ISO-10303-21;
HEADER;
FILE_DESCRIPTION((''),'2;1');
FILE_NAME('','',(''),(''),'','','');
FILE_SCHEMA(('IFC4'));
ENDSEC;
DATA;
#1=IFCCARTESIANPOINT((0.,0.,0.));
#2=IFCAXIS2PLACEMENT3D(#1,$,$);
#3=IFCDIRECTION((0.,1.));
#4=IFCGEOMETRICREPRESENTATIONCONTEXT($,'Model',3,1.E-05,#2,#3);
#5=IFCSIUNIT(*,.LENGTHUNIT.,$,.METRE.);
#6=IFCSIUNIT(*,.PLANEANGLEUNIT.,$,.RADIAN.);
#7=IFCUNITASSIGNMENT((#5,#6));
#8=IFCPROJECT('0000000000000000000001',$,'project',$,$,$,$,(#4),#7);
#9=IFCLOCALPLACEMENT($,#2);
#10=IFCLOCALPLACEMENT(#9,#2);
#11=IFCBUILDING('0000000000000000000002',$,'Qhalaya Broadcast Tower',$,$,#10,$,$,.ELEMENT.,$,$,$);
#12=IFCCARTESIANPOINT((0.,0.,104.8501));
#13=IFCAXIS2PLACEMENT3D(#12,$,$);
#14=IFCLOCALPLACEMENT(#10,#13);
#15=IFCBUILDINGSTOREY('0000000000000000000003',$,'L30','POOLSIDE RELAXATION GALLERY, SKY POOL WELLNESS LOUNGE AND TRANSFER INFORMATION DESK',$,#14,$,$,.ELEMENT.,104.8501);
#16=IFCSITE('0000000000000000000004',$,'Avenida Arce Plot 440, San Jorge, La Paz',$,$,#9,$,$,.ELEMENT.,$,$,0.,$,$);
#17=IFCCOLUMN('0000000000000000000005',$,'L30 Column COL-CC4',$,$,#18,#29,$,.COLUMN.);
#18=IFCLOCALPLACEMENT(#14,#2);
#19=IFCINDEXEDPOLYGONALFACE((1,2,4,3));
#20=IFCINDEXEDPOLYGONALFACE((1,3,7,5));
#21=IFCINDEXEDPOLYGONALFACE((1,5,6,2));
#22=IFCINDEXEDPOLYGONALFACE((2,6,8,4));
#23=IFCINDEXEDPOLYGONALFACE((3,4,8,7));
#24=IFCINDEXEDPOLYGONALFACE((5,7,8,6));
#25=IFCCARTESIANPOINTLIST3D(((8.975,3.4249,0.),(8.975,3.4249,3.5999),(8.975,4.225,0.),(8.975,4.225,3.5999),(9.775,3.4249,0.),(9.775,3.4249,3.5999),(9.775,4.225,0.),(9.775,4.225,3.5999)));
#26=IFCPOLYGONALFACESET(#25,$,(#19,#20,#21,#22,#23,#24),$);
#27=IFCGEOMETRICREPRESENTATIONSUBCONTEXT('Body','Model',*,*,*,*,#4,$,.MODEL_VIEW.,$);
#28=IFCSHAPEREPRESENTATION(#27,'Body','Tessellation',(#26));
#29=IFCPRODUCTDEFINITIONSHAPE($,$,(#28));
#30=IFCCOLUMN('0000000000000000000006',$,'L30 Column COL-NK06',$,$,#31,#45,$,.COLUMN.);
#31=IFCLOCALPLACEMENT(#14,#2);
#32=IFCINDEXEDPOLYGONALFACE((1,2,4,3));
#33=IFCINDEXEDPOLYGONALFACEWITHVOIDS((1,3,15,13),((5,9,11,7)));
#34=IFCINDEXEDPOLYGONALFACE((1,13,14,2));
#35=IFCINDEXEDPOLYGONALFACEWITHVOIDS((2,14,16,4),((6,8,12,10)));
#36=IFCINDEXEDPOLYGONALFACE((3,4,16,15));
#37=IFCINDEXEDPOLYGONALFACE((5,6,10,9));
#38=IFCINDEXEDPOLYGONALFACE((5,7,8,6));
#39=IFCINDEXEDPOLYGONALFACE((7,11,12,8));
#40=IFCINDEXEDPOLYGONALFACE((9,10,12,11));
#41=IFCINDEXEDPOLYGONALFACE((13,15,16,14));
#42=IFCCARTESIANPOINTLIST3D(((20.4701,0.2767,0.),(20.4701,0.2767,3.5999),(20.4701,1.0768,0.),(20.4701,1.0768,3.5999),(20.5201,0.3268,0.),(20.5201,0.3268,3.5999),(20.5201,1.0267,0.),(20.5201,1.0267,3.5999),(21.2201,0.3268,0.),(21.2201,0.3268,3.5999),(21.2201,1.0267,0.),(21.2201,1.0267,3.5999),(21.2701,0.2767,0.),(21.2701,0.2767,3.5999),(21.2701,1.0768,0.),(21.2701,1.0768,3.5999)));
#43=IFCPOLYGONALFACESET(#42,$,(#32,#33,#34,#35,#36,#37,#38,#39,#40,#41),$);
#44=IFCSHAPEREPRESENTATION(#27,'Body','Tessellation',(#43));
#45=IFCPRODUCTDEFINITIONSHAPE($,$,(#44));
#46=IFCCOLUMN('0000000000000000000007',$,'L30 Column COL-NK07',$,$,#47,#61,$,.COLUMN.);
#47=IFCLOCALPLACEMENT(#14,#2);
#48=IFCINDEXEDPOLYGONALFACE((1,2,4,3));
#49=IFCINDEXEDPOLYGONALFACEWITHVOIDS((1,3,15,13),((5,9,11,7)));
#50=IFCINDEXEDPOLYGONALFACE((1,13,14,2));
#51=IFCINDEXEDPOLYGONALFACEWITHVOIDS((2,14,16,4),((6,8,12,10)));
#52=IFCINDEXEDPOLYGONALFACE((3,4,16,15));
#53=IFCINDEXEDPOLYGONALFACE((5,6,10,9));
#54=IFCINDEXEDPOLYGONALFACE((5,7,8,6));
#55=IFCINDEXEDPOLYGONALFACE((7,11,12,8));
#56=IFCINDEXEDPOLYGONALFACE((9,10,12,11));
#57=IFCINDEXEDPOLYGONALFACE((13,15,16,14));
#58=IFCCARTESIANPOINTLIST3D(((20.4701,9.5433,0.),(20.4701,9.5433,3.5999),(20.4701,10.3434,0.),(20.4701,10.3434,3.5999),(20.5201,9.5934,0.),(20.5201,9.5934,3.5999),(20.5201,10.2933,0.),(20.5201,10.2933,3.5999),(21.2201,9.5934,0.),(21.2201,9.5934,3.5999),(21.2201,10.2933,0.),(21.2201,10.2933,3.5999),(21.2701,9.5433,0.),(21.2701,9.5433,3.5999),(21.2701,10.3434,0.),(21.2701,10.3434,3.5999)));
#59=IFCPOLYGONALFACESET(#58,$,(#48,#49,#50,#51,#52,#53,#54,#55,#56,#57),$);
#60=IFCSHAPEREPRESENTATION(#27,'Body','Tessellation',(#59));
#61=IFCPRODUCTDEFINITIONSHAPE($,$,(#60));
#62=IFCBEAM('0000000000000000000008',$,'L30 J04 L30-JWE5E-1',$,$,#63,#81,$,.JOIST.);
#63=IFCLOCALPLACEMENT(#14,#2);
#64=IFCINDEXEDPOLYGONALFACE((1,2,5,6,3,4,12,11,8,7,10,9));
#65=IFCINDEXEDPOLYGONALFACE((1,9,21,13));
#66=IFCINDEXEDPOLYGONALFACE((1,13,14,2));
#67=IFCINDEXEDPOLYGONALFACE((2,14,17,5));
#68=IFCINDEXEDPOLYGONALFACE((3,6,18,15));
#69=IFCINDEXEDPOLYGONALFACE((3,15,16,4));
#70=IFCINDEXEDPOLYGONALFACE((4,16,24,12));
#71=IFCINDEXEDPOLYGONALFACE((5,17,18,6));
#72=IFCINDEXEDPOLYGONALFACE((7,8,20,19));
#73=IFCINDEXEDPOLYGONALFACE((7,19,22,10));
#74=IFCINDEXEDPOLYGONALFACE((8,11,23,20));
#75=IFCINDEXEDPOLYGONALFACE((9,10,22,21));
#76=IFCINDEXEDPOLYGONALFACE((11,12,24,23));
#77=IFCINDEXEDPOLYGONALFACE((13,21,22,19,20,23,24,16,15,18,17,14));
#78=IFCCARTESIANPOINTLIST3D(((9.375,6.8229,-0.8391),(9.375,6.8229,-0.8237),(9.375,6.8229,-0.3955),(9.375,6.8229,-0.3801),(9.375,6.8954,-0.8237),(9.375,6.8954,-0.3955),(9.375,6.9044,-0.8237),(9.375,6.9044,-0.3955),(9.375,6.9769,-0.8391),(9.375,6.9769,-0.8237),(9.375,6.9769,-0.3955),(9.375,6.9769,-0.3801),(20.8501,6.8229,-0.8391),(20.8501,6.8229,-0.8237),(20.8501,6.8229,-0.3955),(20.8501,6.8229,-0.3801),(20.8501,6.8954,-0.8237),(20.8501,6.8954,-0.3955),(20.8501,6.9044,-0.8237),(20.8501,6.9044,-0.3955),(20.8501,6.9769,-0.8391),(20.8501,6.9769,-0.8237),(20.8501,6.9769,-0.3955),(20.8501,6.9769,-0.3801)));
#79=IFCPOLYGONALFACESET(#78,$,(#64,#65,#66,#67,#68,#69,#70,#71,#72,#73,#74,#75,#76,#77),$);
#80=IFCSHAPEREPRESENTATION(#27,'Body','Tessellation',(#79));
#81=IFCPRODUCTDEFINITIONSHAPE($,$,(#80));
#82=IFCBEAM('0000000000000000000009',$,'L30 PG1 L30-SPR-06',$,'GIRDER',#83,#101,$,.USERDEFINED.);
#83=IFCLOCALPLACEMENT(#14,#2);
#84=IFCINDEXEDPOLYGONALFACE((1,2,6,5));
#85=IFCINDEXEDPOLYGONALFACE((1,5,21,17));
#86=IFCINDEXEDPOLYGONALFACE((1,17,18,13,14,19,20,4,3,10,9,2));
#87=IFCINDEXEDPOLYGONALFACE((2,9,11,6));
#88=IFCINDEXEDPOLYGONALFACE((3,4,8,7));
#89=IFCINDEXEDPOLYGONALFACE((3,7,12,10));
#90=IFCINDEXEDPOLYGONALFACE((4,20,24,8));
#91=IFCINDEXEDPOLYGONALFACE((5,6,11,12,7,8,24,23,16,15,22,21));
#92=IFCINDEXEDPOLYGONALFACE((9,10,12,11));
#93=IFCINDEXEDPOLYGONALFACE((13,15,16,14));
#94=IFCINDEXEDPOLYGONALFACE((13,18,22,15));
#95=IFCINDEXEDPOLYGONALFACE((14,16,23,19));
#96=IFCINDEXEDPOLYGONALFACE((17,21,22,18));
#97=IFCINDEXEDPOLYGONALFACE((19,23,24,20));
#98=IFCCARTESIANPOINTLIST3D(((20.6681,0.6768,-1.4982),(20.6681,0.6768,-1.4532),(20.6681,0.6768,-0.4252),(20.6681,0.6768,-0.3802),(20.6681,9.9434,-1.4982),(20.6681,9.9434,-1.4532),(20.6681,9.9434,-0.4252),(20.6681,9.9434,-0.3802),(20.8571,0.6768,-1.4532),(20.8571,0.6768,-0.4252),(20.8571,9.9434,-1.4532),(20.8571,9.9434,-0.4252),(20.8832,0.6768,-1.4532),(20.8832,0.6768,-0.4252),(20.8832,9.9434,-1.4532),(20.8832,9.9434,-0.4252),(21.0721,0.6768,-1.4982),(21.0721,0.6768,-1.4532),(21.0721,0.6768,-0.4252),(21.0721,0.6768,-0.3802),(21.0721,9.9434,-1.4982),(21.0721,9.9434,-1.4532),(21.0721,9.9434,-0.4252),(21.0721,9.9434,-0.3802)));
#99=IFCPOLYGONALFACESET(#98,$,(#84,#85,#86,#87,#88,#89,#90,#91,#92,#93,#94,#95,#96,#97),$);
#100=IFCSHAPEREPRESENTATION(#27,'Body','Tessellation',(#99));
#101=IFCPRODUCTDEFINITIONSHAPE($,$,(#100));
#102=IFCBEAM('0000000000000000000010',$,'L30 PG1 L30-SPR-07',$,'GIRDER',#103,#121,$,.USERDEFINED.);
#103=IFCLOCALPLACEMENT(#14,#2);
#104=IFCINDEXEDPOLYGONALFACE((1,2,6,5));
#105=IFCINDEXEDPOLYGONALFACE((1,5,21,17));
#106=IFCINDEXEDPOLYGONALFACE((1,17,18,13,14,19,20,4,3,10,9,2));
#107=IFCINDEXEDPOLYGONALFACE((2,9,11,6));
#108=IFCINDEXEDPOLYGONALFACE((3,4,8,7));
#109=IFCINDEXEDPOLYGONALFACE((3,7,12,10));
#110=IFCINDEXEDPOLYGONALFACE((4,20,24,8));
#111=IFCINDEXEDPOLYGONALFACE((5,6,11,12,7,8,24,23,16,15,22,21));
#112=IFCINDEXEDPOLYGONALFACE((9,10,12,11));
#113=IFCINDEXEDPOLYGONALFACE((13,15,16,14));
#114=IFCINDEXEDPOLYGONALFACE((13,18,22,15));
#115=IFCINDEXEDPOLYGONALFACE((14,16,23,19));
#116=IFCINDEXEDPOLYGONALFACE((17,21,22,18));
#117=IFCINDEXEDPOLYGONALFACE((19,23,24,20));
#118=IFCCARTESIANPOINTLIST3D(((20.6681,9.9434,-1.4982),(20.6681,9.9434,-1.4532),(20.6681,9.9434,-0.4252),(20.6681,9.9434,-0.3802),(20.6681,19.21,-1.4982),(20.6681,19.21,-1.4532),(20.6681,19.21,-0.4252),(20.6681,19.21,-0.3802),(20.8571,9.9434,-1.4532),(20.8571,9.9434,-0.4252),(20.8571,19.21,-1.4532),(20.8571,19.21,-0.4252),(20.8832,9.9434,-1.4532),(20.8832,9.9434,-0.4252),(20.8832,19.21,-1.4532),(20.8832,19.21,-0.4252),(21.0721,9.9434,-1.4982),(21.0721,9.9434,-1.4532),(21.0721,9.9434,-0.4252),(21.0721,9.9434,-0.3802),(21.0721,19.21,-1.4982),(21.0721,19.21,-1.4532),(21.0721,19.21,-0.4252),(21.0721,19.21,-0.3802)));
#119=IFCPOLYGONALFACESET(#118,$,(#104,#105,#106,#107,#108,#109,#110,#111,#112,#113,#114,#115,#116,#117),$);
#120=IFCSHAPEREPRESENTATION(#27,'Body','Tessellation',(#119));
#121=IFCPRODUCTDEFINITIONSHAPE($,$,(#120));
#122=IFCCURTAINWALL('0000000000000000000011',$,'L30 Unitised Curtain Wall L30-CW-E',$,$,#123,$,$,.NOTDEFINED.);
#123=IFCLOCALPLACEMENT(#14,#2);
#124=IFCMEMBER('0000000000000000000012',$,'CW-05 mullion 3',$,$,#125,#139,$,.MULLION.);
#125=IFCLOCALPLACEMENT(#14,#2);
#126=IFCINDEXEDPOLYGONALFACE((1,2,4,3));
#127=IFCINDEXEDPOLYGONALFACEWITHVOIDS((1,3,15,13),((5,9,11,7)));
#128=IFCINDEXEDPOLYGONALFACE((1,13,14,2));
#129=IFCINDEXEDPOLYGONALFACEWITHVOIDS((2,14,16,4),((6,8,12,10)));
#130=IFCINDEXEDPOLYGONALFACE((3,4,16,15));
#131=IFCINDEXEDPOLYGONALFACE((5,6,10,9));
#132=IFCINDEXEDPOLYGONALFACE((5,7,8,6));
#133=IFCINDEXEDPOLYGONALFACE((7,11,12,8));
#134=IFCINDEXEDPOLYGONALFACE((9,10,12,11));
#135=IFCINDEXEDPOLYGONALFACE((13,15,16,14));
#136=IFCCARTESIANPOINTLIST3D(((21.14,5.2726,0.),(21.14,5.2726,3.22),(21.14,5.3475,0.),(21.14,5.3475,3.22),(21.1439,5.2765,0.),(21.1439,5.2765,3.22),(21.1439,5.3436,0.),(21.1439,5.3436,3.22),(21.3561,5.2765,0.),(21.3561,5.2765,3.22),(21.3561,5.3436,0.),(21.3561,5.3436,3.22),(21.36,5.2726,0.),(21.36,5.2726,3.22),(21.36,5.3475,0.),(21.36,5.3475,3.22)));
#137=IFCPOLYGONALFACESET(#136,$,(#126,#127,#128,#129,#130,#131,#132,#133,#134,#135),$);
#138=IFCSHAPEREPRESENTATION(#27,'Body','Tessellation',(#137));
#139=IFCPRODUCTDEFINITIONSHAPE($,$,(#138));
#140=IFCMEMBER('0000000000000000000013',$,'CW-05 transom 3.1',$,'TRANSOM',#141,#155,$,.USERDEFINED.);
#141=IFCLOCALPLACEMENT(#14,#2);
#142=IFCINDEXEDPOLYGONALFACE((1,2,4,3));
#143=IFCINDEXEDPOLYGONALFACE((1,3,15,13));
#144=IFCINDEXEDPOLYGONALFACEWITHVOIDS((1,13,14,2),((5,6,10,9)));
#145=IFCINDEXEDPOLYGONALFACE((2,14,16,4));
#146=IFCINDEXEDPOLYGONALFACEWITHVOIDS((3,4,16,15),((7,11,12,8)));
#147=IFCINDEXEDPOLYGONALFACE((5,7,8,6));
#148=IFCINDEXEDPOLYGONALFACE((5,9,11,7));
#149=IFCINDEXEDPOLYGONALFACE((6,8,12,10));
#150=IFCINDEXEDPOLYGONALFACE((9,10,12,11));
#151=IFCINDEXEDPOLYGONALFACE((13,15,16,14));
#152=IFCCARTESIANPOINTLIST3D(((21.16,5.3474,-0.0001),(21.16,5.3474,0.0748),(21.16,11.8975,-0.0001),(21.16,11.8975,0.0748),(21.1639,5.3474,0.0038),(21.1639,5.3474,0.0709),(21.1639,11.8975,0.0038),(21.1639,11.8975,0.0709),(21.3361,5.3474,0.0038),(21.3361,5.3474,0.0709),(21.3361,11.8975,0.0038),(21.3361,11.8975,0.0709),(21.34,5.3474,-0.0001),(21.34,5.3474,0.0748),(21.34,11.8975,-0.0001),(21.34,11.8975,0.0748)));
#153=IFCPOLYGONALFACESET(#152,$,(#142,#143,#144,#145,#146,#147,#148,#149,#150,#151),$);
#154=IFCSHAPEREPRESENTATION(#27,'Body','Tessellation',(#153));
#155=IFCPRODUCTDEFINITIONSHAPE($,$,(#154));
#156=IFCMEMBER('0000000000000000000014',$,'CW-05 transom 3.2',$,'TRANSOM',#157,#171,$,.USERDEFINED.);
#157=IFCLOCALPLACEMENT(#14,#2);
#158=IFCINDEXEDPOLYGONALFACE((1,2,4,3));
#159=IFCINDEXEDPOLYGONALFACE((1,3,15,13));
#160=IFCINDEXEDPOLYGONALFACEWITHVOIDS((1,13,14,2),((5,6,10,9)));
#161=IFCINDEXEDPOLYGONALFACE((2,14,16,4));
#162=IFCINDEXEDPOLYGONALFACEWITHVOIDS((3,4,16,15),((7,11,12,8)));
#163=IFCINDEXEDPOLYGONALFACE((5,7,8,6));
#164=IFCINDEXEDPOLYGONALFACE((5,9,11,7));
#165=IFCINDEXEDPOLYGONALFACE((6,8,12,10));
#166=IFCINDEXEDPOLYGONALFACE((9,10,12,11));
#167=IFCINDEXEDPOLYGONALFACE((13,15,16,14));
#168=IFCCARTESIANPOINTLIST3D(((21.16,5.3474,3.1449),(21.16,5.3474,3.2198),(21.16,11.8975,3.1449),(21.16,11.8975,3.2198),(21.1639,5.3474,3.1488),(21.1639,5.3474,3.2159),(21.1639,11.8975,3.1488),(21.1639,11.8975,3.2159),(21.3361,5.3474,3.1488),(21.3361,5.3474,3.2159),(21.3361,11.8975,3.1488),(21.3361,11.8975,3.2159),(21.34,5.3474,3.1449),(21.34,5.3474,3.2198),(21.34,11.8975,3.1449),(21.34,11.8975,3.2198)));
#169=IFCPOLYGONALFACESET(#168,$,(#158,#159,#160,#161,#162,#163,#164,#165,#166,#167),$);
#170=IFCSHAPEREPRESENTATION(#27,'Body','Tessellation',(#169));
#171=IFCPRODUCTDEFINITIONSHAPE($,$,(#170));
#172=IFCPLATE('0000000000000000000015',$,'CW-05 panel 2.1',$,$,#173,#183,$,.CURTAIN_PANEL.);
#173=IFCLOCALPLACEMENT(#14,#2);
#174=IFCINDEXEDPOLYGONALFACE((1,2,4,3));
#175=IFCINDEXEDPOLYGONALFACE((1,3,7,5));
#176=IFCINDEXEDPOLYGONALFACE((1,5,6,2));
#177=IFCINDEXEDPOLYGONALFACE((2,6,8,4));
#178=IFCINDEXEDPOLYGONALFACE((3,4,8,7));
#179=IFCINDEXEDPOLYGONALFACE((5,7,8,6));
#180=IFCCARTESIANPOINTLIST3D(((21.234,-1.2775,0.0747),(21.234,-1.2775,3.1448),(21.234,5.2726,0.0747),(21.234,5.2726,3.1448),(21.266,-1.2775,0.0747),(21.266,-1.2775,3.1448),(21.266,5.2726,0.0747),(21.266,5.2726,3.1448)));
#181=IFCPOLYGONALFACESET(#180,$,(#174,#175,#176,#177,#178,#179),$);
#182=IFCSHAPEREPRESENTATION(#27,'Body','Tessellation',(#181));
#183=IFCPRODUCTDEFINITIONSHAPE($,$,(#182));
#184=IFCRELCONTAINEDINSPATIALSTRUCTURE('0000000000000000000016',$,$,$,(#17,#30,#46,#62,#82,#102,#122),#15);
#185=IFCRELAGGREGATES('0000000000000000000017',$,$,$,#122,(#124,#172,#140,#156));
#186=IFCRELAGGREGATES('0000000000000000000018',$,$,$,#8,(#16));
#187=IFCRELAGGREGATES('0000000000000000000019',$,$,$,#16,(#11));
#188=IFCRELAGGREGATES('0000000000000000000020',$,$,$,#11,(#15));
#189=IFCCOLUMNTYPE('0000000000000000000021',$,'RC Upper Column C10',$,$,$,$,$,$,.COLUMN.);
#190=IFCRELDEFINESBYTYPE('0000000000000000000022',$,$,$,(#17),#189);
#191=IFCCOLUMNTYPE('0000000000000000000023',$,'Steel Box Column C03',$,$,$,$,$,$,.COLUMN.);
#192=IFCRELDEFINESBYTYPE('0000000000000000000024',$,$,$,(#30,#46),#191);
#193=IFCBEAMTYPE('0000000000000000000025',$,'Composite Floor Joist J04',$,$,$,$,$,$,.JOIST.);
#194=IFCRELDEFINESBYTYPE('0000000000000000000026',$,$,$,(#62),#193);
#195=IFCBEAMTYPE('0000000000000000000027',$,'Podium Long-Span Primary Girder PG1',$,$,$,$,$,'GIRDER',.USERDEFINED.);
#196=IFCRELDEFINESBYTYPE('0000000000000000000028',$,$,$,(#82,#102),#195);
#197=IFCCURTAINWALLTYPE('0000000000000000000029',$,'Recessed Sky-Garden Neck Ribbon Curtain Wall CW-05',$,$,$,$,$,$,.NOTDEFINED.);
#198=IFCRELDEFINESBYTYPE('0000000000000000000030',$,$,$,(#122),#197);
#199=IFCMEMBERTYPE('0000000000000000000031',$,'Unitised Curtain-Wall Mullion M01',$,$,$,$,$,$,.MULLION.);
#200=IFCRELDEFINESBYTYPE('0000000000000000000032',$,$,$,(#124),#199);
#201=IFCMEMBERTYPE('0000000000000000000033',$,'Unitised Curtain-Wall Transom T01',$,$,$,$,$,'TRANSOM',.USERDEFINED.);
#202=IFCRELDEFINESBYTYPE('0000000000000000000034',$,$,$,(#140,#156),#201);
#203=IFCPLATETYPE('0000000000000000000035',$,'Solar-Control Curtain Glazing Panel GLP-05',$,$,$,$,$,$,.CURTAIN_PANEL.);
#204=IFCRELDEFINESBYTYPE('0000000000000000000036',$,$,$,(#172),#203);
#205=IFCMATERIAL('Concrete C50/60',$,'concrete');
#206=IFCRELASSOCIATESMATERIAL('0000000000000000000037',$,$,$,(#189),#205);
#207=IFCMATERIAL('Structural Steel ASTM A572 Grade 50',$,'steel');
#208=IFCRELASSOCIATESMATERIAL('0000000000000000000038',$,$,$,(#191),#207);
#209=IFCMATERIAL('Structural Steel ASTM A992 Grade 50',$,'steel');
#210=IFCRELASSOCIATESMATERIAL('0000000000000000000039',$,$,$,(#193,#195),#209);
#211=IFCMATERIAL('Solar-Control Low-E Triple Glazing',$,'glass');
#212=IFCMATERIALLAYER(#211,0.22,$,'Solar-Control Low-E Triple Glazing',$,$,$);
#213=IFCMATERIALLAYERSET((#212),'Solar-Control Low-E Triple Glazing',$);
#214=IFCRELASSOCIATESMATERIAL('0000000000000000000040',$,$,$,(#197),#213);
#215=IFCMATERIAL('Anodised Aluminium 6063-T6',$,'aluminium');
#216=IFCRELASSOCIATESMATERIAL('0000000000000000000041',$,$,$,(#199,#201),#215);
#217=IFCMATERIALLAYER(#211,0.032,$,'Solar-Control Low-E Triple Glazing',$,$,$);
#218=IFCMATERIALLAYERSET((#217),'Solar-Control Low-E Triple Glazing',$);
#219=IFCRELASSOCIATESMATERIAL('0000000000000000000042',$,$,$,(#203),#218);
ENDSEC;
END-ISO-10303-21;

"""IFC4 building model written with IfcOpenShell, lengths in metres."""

from ifc_helpers import new_model, si_unit, direction, frame, origin, origin_2d, place, context, subcontext, project, spatial, rectangle, hollow_rectangle, i_section, extrude, material, layer, layer_set, material_profile, profile_set, type_object, element, aggregate, save


model = new_model("IFC4")

# Units and contexts
model_context = context("Model", 3, precision=1e-05, world=origin(), true_north=direction((0.0, 1.0)))
body_context = subcontext(model_context, "Body", "Model", "MODEL_VIEW")
ifc_project = project(units=[si_unit("LENGTHUNIT", "METRE"), si_unit("PLANEANGLEUNIT", "RADIAN")], contexts=[model_context])

# Site, building, storey
site_placement = place(None, origin())
site = spatial("IfcSite", under=ifc_project, at=site_placement, Name="Avenida Arce Plot 440, San Jorge, La Paz", CompositionType="ELEMENT", RefElevation=0.0)
building_placement = place(site_placement, origin())
building = spatial("IfcBuilding", under=site, at=building_placement, Name="Qhalaya Broadcast Tower", CompositionType="ELEMENT")
storey_placement = place(building_placement, frame((0.0, 0.0, 104.8501)))
storey = spatial("IfcBuildingStorey", under=building, at=storey_placement, Name="L30", Description="POOLSIDE RELAXATION GALLERY, SKY POOL WELLNESS LOUNGE AND TRANSFER INFORMATION DESK", CompositionType="ELEMENT", Elevation=104.8501)

# Columns
ifc_material_1 = material(Name="Concrete C50/60", Category="concrete")
ifc_material_profile_1 = material_profile(ifc_material_1, rectangle(XDim=0.8, YDim=0.8, at=origin_2d()), Name="RC-COL 800x800")
ifc_profile_set_1 = profile_set([ifc_material_profile_1], Name="Concrete C50/60")
column_type_1 = type_object("IfcColumnType", Name="RC Upper Column C10", PredefinedType="COLUMN", material=ifc_profile_set_1)
column_placement = place(storey_placement, frame((9.375, 3.825, 0.0), z_axis=(0.0, 0.0, 1.0), x_axis=(1.0, 0.0, 0.0)))
element("IfcColumn", 1, at=column_placement, inside=storey, type_object=column_type_1, Name="L30 Column COL-CC4", PredefinedType="COLUMN", context=body_context, shape_type="SweptSolid", body=[
    extrude(rectangle(XDim=0.8, YDim=0.8, at=origin_2d()), origin(), (0.0, 0.0, 1.0), 3.5999),
])
ifc_material_2 = material(Name="Structural Steel ASTM A572 Grade 50", Category="steel")
ifc_material_profile_2 = material_profile(ifc_material_2, hollow_rectangle(XDim=0.8, YDim=0.8, WallThickness=0.05, at=origin_2d()), Name="BOX 800x800x50")
ifc_profile_set_2 = profile_set([ifc_material_profile_2], Name="Structural Steel ASTM A572 Grade 50")
column_type_2 = type_object("IfcColumnType", Name="Steel Box Column C03", PredefinedType="COLUMN", material=ifc_profile_set_2)
for number, where, z_axis, x_axis, name in (
    (2, (20.8701, 0.6768, 0.0), (0.0, 0.0, 1.0), (0.0, 1.0, 0.0), "L30 Column COL-NK06"),
    (3, (20.8701, 9.9434, 0.0), (0.0, 0.0, 1.0), (0.0, 1.0, 0.0), "L30 Column COL-NK07"),
):
    element("IfcColumn", number, at=place(storey_placement, frame(where, z_axis=z_axis, x_axis=x_axis)), inside=storey, type_object=column_type_2, Name=name, PredefinedType="COLUMN", context=body_context, shape_type="SweptSolid", body=[
        extrude(hollow_rectangle(XDim=0.8, YDim=0.8, WallThickness=0.05, at=origin_2d()), origin(), (0.0, 0.0, 1.0), 3.5999),
    ])

# Beams
ifc_material_3 = material(Name="Structural Steel ASTM A992 Grade 50", Category="steel")
ifc_material_profile_3 = material_profile(ifc_material_3, i_section(OverallWidth=0.1541, OverallDepth=0.459, WebThickness=0.009, FlangeThickness=0.0154, at=origin_2d()), Name="W18X46")
ifc_profile_set_3 = profile_set([ifc_material_profile_3], Name="Structural Steel ASTM A992 Grade 50")
beam_type_1 = type_object("IfcBeamType", Name="Composite Floor Joist J04", PredefinedType="JOIST", material=ifc_profile_set_3)
beam_placement = place(storey_placement, frame((9.375, 6.8999, -0.6096), z_axis=(1.0, 0.0, 0.0), x_axis=(0.0, 1.0, 0.0)))
element("IfcBeam", 4, at=beam_placement, inside=storey, type_object=beam_type_1, Name="L30 J04 L30-JWE5E-1", PredefinedType="JOIST", context=body_context, shape_type="SweptSolid", body=[
    extrude(i_section(OverallWidth=0.1541, OverallDepth=0.459, WebThickness=0.009, FlangeThickness=0.0154, at=origin_2d()), origin(), (0.0, 0.0, 1.0), 11.4751),
])
ifc_material_profile_4 = material_profile(ifc_material_3, i_section(OverallWidth=0.4041, OverallDepth=1.1179, WebThickness=0.0261, FlangeThickness=0.0449, at=origin_2d()), Name="W44X335")
ifc_profile_set_4 = profile_set([ifc_material_profile_4], Name="Structural Steel ASTM A992 Grade 50")
beam_type_2 = type_object("IfcBeamType", Name="Podium Long-Span Primary Girder PG1", ElementType="GIRDER", PredefinedType="USERDEFINED", material=ifc_profile_set_4)
for number, where, z_axis, x_axis, name in (
    (5, (20.8701, 0.6768, -0.9392), (0.0, 1.0, 0.0), (-1.0, 0.0, 0.0), "L30 PG1 L30-SPR-06"),
    (6, (20.8701, 9.9434, -0.9392), (0.0, 1.0, 0.0), (-1.0, 0.0, 0.0), "L30 PG1 L30-SPR-07"),
):
    element("IfcBeam", number, at=place(storey_placement, frame(where, z_axis=z_axis, x_axis=x_axis)), inside=storey, type_object=beam_type_2, Name=name, ObjectType="GIRDER", PredefinedType="USERDEFINED", context=body_context, shape_type="SweptSolid", body=[
        extrude(i_section(OverallWidth=0.4041, OverallDepth=1.1179, WebThickness=0.0261, FlangeThickness=0.0449, at=origin_2d()), origin(), (0.0, 0.0, 1.0), 9.2666),
    ])

# Curtain wall, members, plate
ifc_material_4 = material(Name="Solar-Control Low-E Triple Glazing", Category="glass")
ifc_layer_1 = layer(ifc_material_4, 0.22, Name="Solar-Control Low-E Triple Glazing")
ifc_layer_set_1 = layer_set([ifc_layer_1], Name="Solar-Control Low-E Triple Glazing")
curtain_wall_type = type_object("IfcCurtainWallType", Name="Recessed Sky-Garden Neck Ribbon Curtain Wall CW-05", PredefinedType="NOTDEFINED", material=ifc_layer_set_1)
curtain_wall_placement = place(storey_placement, origin())
curtain_wall = element("IfcCurtainWall", 7, at=curtain_wall_placement, inside=storey, type_object=curtain_wall_type, Name="L30 Unitised Curtain Wall L30-CW-E", PredefinedType="NOTDEFINED")
ifc_material_5 = material(Name="Anodised Aluminium 6063-T6", Category="aluminium")
ifc_material_profile_5 = material_profile(ifc_material_5, hollow_rectangle(XDim=0.075, YDim=0.22, WallThickness=0.0039, at=origin_2d()), Name="ALU-MUL 75x220x4")
ifc_profile_set_5 = profile_set([ifc_material_profile_5], Name="Anodised Aluminium 6063-T6")
member_type_1 = type_object("IfcMemberType", Name="Unitised Curtain-Wall Mullion M01", PredefinedType="MULLION", material=ifc_profile_set_5)
member_1_placement = place(storey_placement, frame((21.25, 5.3101, 0.0), z_axis=(0.0, 0.0, 1.0), x_axis=(0.0, 1.0, 0.0)))
member_1 = element("IfcMember", 8, at=member_1_placement, type_object=member_type_1, Name="CW-05 mullion 3", PredefinedType="MULLION", context=body_context, shape_type="SweptSolid", body=[
    extrude(hollow_rectangle(XDim=0.075, YDim=0.22, WallThickness=0.0039, at=origin_2d()), origin(), (0.0, 0.0, 1.0), 3.22),
])
ifc_material_profile_6 = material_profile(ifc_material_5, hollow_rectangle(XDim=0.075, YDim=0.1799, WallThickness=0.0039, at=origin_2d()), Name="ALU-TRN 75x180x4")
ifc_profile_set_6 = profile_set([ifc_material_profile_6], Name="Anodised Aluminium 6063-T6")
member_type_2 = type_object("IfcMemberType", Name="Unitised Curtain-Wall Transom T01", ElementType="TRANSOM", PredefinedType="USERDEFINED", material=ifc_profile_set_6)
member_2_placement = place(storey_placement, frame((21.25, 5.3474, 0.0374), z_axis=(0.0, 1.0, 0.0), x_axis=(0.0, 0.0, 1.0)))
member_2 = element("IfcMember", 9, at=member_2_placement, type_object=member_type_2, Name="CW-05 transom 3.1", ObjectType="TRANSOM", PredefinedType="USERDEFINED", context=body_context, shape_type="SweptSolid", body=[
    extrude(hollow_rectangle(XDim=0.075, YDim=0.1799, WallThickness=0.0039, at=origin_2d()), origin(), (0.0, 0.0, 1.0), 6.55),
])
member_3_placement = place(storey_placement, frame((21.25, 5.3474, 3.1824), z_axis=(0.0, 1.0, 0.0), x_axis=(0.0, 0.0, 1.0)))
member_3 = element("IfcMember", 10, at=member_3_placement, type_object=member_type_2, Name="CW-05 transom 3.2", ObjectType="TRANSOM", PredefinedType="USERDEFINED", context=body_context, shape_type="SweptSolid", body=[
    extrude(hollow_rectangle(XDim=0.075, YDim=0.1799, WallThickness=0.0039, at=origin_2d()), origin(), (0.0, 0.0, 1.0), 6.55),
])
ifc_layer_2 = layer(ifc_material_4, 0.032, Name="Solar-Control Low-E Triple Glazing")
ifc_layer_set_2 = layer_set([ifc_layer_2], Name="Solar-Control Low-E Triple Glazing")
plate_type = type_object("IfcPlateType", Name="Solar-Control Curtain Glazing Panel GLP-05", PredefinedType="CURTAIN_PANEL", material=ifc_layer_set_2)
plate_1_placement = place(storey_placement, frame((21.25, 1.9976, 0.0747), z_axis=(0.0, 0.0, 1.0), x_axis=(0.0, 1.0, 0.0)))
plate_1 = element("IfcPlate", 11, at=plate_1_placement, type_object=plate_type, Name="CW-05 panel 2.1", PredefinedType="CURTAIN_PANEL", context=body_context, shape_type="SweptSolid", body=[
    extrude(rectangle(XDim=6.55, YDim=0.032, at=origin_2d()), origin(), (0.0, 0.0, 1.0), 3.0701),
])
aggregate(curtain_wall, [member_1, plate_1, member_2, member_3])

save(model, "model.ifc")
